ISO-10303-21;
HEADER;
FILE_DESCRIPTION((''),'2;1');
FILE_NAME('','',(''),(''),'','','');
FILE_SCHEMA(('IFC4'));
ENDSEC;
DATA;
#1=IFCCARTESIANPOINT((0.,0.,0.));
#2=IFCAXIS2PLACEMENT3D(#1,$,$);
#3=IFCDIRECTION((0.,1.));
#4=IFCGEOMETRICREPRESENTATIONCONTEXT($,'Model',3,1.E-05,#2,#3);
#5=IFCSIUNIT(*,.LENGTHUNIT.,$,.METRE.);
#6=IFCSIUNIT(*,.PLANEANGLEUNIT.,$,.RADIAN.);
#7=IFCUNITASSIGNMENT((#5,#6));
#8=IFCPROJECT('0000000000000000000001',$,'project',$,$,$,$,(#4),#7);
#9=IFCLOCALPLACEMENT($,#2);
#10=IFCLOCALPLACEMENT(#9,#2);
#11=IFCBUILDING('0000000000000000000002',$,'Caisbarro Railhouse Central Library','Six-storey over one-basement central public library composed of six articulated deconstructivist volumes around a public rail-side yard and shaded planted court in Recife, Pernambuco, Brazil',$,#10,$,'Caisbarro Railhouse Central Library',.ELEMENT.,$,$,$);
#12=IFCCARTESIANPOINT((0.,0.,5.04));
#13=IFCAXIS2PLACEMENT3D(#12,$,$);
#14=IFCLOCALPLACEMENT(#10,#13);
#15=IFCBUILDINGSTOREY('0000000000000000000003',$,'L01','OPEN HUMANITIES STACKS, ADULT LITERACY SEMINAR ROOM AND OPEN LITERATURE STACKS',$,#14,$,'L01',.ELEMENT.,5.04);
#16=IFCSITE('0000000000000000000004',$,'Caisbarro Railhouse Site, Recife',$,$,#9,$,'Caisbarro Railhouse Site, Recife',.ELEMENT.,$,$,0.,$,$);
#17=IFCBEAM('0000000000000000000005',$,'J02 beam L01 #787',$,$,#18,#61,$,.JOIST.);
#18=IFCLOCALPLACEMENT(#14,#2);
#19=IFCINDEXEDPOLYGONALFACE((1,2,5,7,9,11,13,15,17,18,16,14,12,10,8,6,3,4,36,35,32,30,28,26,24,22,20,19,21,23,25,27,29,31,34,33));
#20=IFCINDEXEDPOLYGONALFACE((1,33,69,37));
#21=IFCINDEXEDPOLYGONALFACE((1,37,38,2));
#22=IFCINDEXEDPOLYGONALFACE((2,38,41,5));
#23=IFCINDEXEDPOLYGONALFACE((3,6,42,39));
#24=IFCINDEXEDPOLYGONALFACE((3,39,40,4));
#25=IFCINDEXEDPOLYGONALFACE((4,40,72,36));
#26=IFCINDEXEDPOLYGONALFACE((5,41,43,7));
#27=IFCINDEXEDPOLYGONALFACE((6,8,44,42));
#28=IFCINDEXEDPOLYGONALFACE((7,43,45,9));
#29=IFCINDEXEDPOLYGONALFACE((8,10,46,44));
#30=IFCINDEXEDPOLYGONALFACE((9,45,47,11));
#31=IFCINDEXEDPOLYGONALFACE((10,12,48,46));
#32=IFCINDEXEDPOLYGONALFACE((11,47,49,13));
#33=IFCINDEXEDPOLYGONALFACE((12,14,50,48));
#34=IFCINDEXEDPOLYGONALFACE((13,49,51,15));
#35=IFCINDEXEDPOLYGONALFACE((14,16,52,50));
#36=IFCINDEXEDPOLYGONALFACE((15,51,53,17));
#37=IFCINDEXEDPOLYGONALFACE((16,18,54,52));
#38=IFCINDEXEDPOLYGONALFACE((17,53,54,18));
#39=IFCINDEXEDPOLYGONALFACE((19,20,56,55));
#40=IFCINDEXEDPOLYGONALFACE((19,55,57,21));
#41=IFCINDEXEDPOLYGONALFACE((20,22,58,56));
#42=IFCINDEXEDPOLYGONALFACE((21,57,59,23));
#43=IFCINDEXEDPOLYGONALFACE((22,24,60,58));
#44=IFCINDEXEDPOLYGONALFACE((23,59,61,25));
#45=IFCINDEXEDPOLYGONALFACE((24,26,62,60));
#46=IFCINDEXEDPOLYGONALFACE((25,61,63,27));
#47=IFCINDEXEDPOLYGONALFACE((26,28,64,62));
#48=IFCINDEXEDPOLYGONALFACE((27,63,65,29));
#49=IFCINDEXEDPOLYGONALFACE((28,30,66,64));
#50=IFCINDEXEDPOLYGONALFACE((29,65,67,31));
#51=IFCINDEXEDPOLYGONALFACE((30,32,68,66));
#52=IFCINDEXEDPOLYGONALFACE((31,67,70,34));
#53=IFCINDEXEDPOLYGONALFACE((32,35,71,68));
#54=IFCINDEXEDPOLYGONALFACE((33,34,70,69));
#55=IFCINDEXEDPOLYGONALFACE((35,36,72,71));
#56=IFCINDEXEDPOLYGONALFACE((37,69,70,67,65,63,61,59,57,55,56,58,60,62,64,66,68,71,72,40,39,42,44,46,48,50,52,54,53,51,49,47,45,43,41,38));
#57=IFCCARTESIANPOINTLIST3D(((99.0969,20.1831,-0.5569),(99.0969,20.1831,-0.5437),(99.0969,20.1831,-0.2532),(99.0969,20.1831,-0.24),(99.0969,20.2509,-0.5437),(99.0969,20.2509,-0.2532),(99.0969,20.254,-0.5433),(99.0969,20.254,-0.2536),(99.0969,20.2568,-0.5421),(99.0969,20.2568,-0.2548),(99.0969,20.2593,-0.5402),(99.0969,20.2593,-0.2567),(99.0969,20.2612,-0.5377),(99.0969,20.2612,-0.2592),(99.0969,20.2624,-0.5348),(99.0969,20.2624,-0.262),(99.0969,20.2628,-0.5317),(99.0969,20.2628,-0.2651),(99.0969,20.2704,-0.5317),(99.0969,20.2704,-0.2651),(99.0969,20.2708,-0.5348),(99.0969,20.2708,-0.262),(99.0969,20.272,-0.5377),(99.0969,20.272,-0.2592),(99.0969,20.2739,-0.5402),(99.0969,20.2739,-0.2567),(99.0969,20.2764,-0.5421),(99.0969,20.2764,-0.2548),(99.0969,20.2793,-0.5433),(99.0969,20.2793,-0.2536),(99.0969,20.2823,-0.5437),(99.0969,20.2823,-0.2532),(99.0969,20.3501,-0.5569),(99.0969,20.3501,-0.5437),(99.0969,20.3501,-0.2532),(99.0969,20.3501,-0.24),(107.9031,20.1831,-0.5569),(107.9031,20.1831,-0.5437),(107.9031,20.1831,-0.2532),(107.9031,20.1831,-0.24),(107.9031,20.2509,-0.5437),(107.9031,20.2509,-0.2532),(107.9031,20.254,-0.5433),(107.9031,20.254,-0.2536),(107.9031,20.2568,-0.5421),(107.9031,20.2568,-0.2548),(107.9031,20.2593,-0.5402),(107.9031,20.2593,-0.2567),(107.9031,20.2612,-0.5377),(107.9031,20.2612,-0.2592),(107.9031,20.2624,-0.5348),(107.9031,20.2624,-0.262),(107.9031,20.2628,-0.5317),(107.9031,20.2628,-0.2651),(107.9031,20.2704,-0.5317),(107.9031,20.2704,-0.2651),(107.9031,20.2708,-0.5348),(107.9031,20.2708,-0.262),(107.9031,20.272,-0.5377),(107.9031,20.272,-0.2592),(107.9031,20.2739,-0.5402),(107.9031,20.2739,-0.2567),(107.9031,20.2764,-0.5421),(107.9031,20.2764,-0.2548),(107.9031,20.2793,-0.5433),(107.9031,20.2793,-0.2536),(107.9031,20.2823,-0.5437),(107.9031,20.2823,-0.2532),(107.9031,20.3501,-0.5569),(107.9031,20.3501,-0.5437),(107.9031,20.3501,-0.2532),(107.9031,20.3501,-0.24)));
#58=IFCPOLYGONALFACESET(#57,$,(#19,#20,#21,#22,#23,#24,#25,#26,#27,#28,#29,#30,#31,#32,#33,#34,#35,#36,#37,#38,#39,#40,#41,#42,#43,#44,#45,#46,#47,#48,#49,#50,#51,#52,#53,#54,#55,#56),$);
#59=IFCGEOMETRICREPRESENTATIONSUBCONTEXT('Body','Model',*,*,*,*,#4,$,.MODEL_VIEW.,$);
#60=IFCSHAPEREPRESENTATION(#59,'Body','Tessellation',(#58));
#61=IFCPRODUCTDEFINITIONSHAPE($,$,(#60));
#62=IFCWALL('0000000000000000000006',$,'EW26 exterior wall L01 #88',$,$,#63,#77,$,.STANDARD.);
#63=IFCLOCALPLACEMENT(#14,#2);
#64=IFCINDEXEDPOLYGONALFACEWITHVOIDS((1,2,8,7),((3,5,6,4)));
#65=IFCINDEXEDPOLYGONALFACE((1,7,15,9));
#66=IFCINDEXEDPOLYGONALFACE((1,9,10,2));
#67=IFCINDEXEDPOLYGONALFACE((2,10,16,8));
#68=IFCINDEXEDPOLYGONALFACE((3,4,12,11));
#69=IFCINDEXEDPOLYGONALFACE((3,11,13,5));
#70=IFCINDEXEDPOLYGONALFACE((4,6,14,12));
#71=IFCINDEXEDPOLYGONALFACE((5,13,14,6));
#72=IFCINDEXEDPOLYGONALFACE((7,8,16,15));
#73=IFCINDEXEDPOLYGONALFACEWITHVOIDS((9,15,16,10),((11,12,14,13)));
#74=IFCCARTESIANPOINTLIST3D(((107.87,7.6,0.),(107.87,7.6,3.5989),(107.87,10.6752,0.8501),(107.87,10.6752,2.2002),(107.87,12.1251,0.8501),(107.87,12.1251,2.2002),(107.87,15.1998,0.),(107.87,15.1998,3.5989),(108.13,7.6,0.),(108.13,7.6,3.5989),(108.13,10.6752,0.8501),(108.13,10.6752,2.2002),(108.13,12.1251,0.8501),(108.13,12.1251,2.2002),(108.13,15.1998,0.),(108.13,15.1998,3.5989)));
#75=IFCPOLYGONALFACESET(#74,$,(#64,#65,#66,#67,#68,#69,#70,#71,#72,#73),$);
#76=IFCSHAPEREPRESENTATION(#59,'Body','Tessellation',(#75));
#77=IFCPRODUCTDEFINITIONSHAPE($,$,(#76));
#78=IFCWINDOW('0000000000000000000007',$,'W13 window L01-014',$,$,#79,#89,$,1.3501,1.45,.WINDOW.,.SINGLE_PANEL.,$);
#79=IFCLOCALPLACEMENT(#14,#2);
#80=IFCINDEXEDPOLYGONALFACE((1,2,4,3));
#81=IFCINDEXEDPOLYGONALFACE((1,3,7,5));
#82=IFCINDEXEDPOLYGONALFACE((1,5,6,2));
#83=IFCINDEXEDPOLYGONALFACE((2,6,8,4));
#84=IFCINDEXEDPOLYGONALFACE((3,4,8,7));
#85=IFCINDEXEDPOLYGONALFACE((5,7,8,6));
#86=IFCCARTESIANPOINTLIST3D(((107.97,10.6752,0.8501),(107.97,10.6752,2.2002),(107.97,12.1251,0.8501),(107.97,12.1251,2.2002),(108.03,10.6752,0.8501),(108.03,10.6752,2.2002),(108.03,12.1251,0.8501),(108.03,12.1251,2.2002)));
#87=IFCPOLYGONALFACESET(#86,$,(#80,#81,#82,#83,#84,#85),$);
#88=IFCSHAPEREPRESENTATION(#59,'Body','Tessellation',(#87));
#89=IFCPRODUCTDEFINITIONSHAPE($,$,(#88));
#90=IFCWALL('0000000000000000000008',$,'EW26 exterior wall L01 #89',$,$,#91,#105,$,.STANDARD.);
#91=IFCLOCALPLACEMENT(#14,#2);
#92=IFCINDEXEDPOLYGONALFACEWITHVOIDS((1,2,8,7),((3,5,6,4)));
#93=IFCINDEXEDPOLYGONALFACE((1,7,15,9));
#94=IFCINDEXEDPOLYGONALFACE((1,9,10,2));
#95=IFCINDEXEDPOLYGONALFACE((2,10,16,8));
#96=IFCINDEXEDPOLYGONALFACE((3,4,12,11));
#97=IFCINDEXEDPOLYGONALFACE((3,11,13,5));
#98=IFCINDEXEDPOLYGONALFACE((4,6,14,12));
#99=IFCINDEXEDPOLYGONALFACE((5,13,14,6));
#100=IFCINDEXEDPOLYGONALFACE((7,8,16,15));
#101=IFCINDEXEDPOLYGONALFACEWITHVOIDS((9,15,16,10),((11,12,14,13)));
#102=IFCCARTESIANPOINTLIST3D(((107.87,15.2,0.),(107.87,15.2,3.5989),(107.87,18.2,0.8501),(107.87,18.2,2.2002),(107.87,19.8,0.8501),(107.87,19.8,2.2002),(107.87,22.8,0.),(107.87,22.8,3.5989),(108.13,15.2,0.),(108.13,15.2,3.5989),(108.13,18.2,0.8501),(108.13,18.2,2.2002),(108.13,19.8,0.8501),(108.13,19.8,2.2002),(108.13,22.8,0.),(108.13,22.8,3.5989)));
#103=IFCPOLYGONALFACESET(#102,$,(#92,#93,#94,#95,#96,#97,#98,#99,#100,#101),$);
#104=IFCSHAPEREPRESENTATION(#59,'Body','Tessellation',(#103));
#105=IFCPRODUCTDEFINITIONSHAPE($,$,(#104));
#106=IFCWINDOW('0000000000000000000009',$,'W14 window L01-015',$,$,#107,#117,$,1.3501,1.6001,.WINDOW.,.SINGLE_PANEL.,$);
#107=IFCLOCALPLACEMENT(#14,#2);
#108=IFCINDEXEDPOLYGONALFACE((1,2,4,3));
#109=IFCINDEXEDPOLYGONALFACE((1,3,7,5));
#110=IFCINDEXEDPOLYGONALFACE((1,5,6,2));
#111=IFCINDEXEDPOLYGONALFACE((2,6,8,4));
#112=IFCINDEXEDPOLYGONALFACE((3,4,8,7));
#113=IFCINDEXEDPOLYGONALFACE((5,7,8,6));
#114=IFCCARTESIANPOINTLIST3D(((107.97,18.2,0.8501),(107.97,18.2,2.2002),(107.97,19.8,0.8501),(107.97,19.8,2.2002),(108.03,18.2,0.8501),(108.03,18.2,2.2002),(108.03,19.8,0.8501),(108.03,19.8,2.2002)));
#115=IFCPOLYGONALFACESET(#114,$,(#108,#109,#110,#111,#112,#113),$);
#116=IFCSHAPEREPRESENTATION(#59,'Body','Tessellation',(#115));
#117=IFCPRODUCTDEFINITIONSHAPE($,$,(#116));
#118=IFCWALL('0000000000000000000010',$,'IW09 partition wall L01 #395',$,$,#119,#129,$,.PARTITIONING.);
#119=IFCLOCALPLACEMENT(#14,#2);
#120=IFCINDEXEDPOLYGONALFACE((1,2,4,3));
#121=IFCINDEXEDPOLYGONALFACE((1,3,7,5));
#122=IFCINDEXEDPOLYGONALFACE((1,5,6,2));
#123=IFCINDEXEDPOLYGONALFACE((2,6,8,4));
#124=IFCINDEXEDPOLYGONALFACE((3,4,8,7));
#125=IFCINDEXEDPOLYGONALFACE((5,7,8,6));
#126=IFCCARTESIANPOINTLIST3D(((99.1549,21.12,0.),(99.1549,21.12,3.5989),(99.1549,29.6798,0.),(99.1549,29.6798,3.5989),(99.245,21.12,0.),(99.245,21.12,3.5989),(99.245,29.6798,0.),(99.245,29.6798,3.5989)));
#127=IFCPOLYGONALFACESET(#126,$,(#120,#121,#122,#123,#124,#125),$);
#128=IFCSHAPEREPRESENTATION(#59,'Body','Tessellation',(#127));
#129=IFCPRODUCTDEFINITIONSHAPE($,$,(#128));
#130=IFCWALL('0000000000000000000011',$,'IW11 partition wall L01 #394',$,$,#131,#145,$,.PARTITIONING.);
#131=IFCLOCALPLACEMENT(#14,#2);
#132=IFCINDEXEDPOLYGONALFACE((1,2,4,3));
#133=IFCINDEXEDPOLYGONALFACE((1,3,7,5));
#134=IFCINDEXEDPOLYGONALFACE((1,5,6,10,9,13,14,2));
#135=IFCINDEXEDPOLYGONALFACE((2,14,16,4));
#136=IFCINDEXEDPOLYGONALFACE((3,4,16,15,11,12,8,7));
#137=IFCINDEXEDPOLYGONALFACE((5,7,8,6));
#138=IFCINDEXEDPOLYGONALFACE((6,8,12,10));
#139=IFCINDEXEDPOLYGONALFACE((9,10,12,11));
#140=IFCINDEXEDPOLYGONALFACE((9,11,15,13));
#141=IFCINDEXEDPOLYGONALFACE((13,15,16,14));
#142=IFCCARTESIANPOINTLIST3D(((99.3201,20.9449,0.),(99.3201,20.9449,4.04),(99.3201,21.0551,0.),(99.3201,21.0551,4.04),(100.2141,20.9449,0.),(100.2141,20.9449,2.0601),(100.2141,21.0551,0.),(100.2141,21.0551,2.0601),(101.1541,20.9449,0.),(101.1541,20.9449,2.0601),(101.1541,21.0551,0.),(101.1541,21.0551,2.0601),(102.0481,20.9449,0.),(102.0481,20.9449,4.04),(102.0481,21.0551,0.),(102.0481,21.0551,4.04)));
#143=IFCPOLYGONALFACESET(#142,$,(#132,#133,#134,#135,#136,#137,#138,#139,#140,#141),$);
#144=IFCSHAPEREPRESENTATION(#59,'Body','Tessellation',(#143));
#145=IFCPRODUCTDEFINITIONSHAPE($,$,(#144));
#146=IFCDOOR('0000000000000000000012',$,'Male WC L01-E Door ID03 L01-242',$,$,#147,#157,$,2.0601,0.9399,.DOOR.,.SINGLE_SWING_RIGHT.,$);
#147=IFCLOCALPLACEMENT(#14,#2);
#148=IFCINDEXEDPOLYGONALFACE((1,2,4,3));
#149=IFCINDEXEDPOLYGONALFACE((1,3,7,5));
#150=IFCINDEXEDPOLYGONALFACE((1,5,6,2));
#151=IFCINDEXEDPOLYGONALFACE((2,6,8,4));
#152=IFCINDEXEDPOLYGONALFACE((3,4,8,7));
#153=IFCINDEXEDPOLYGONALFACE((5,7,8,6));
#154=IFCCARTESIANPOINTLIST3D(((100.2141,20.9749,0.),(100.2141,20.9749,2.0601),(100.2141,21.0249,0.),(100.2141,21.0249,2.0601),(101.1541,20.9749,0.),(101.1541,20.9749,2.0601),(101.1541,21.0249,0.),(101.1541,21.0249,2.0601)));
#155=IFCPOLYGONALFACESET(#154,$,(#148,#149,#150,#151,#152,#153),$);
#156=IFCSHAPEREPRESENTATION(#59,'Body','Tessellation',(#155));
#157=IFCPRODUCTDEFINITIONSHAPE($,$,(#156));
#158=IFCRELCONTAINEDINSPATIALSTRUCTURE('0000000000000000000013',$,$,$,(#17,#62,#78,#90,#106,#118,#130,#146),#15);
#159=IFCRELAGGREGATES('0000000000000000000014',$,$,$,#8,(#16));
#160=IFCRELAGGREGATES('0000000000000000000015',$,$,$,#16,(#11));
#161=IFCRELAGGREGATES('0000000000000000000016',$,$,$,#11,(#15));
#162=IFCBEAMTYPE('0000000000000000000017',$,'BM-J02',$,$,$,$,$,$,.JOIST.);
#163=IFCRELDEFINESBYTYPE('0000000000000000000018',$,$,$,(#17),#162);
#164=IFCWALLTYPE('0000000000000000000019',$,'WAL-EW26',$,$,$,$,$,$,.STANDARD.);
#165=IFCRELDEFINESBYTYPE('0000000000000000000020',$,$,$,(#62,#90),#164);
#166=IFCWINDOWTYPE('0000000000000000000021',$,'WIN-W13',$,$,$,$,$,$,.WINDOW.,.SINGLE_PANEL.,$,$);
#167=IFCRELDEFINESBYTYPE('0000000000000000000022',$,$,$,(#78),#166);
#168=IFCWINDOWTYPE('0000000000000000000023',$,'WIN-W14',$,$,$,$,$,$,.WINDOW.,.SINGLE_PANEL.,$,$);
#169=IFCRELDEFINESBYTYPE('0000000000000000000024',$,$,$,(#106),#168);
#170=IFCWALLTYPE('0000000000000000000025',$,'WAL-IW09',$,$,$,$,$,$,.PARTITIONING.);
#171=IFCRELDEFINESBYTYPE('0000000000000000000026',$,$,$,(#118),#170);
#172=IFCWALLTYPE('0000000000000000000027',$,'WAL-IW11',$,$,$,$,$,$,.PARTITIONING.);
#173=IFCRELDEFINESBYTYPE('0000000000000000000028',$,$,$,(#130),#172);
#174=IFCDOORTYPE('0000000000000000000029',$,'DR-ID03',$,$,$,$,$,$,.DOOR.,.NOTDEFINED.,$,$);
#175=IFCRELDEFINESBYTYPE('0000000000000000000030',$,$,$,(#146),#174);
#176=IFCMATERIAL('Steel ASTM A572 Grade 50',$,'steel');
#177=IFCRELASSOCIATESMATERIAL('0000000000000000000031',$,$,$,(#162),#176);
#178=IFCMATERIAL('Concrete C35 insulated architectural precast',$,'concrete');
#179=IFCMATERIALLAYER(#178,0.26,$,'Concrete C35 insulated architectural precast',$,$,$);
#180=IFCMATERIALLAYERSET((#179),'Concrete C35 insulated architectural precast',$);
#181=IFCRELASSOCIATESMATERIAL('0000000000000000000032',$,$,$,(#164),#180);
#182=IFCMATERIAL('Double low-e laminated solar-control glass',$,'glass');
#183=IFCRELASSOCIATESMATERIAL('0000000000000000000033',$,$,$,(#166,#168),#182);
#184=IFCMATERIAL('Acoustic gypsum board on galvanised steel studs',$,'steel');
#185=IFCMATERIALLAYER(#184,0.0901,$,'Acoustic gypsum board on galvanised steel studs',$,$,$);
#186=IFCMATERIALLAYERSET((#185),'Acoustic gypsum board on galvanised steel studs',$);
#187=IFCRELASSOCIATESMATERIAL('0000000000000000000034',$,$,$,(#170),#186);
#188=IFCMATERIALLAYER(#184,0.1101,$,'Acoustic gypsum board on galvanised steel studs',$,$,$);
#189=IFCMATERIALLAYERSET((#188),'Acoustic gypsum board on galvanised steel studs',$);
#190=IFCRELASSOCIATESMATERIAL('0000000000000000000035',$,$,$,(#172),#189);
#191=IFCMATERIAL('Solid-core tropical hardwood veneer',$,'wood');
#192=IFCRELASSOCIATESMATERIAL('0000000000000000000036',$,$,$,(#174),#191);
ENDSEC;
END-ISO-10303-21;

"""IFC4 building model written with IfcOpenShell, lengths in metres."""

from ifc_helpers import new_model, si_unit, direction, frame, frame_2d, origin, origin_2d, place, context, subcontext, project, spatial, rectangle, i_section, extrude, material, layer, layer_set, material_profile, profile_set, type_object, element, fill, save


model = new_model("IFC4")

# Units and contexts
model_context = context("Model", 3, precision=1e-05, world=origin(), true_north=direction((0.0, 1.0)))
body_context = subcontext(model_context, "Body", "Model", "MODEL_VIEW")
ifc_project = project(units=[si_unit("LENGTHUNIT", "METRE"), si_unit("PLANEANGLEUNIT", "RADIAN")], contexts=[model_context])

# Site, building, storey
site_placement = place(None, origin())
site = spatial("IfcSite", under=ifc_project, at=site_placement, Name="Caisbarro Railhouse Site, Recife", LongName="Caisbarro Railhouse Site, Recife", CompositionType="ELEMENT", RefElevation=0.0)
building_placement = place(site_placement, origin())
building = spatial("IfcBuilding", under=site, at=building_placement, Name="Caisbarro Railhouse Central Library", Description="Six-storey over one-basement central public library composed of six articulated deconstructivist volumes around a public rail-side yard and shaded planted court in Recife, Pernambuco, Brazil", LongName="Caisbarro Railhouse Central Library", CompositionType="ELEMENT")
storey_placement = place(building_placement, frame((0.0, 0.0, 5.04)))
storey = spatial("IfcBuildingStorey", under=building, at=storey_placement, Name="L01", Description="OPEN HUMANITIES STACKS, ADULT LITERACY SEMINAR ROOM AND OPEN LITERATURE STACKS", LongName="L01", CompositionType="ELEMENT", Elevation=5.04)

# Shared definitions
ifc_material_1 = material(Name="Steel ASTM A572 Grade 50", Category="steel")

# Beam
ifc_material_profile_1 = material_profile(ifc_material_1, i_section(OverallWidth=0.167, OverallDepth=0.3169, WebThickness=0.0076, FlangeThickness=0.0132, FilletRadius=0.012, at=origin_2d()), Name="W310X52.0")
ifc_profile_set_1 = profile_set([ifc_material_profile_1], Name="Steel ASTM A572 Grade 50")
beam_type_1 = type_object("IfcBeamType", Name="BM-J02", PredefinedType="JOIST", material=ifc_profile_set_1)
for number, where, z_axis, x_axis, name in (
    (1, (99.0969, 20.2666, -0.3984), (1.0, 0.0, 0.0), (0.0, 1.0, 0.0), "J02 beam L01 #787"),
):
    element("IfcBeam", number, at=place(storey_placement, frame(where, z_axis=z_axis, x_axis=x_axis)), inside=storey, type_object=beam_type_1, Name=name, PredefinedType="JOIST", context=body_context, shape_type="SweptSolid", body=[
        extrude(i_section(OverallWidth=0.167, OverallDepth=0.3169, WebThickness=0.0076, FlangeThickness=0.0132, FilletRadius=0.012, at=origin_2d()), origin(), (0.0, 0.0, 1.0), 8.8062),
    ])

# Walls, openings, windows
ifc_material_2 = material(Name="Concrete C35 insulated architectural precast", Category="concrete")
ifc_layer_1 = layer(ifc_material_2, 0.26, Name="Concrete C35 insulated architectural precast")
ifc_layer_set_1 = layer_set([ifc_layer_1], Name="Concrete C35 insulated architectural precast")
wall_type_1 = type_object("IfcWallType", Name="WAL-EW26", PredefinedType="STANDARD", material=ifc_layer_set_1)
wall_1_placement = place(storey_placement, frame((108.0, 7.6001, 0.0), z_axis=(0.0, 0.0, 1.0), x_axis=(0.0, 1.0, 0.0)))
wall_1 = element("IfcWall", 2, at=wall_1_placement, inside=storey, type_object=wall_type_1, Name="EW26 exterior wall L01 #88", PredefinedType="STANDARD", context=body_context, shape_type="SweptSolid", body=[
    extrude(rectangle(XDim=7.5999, YDim=0.26, at=frame_2d((3.7998, 0.0))), origin(), (0.0, 0.0, 1.0), 3.5989),
])
opening_1_placement = place(wall_1_placement, frame((3.075, 0.0, 0.8501)))
opening_1 = element("IfcOpeningElement", 3, at=opening_1_placement, cuts=wall_1, PredefinedType="OPENING", context=body_context, shape_type="SweptSolid", body=[
    extrude(rectangle(XDim=1.45, YDim=1.3501, at=frame_2d((0.7251, 0.675))), frame((0.0, 0.1401, 0.0), z_axis=(0.0, -1.0, 0.0), x_axis=(1.0, 0.0, 0.0)), (0.0, 0.0, 1.0), 0.28),
])
ifc_material_3 = material(Name="Double low-e laminated solar-control glass", Category="glass")
window_type_1 = type_object("IfcWindowType", Name="WIN-W13", PartitioningType="SINGLE_PANEL", PredefinedType="WINDOW", material=ifc_material_3)
window_1_placement = place(opening_1_placement, origin())
window_1 = element("IfcWindow", 4, at=window_1_placement, inside=storey, type_object=window_type_1, Name="W13 window L01-014", OverallHeight=1.3501, OverallWidth=1.45, PartitioningType="SINGLE_PANEL", PredefinedType="WINDOW", context=body_context, shape_type="SweptSolid", body=[
    extrude(rectangle(XDim=1.45, YDim=1.3501, at=frame_2d((0.7251, 0.675))), frame((0.0, 0.03, 0.0), z_axis=(0.0, -1.0, 0.0), x_axis=(1.0, 0.0, 0.0)), (0.0, 0.0, 1.0), 0.0601),
])
fill(opening_1, window_1)
wall_2_placement = place(storey_placement, frame((108.0, 15.2, 0.0), z_axis=(0.0, 0.0, 1.0), x_axis=(0.0, 1.0, 0.0)))
wall_2 = element("IfcWall", 5, at=wall_2_placement, inside=storey, type_object=wall_type_1, Name="EW26 exterior wall L01 #89", PredefinedType="STANDARD", context=body_context, shape_type="SweptSolid", body=[
    extrude(rectangle(XDim=7.6001, YDim=0.26, at=frame_2d((3.8, 0.0))), origin(), (0.0, 0.0, 1.0), 3.5989),
])
opening_2_placement = place(wall_2_placement, frame((3.0, 0.0, 0.8501)))
opening_2 = element("IfcOpeningElement", 6, at=opening_2_placement, cuts=wall_2, PredefinedType="OPENING", context=body_context, shape_type="SweptSolid", body=[
    extrude(rectangle(XDim=1.6001, YDim=1.3501, at=frame_2d((0.8, 0.675))), frame((0.0, 0.1401, 0.0), z_axis=(0.0, -1.0, 0.0), x_axis=(1.0, 0.0, 0.0)), (0.0, 0.0, 1.0), 0.28),
])
window_type_2 = type_object("IfcWindowType", Name="WIN-W14", PartitioningType="SINGLE_PANEL", PredefinedType="WINDOW", material=ifc_material_3)
window_2_placement = place(opening_2_placement, origin())
window_2 = element("IfcWindow", 7, at=window_2_placement, inside=storey, type_object=window_type_2, Name="W14 window L01-015", OverallHeight=1.3501, OverallWidth=1.6001, PartitioningType="SINGLE_PANEL", PredefinedType="WINDOW", context=body_context, shape_type="SweptSolid", body=[
    extrude(rectangle(XDim=1.6001, YDim=1.3501, at=frame_2d((0.8, 0.675))), frame((0.0, 0.03, 0.0), z_axis=(0.0, -1.0, 0.0), x_axis=(1.0, 0.0, 0.0)), (0.0, 0.0, 1.0), 0.0601),
])
fill(opening_2, window_2)

# Wall
ifc_material_4 = material(Name="Acoustic gypsum board on galvanised steel studs", Category="steel")
ifc_layer_2 = layer(ifc_material_4, 0.0901, Name="Acoustic gypsum board on galvanised steel studs")
ifc_layer_set_2 = layer_set([ifc_layer_2], Name="Acoustic gypsum board on galvanised steel studs")
wall_type_2 = type_object("IfcWallType", Name="WAL-IW09", PredefinedType="PARTITIONING", material=ifc_layer_set_2)
wall_3_placement = place(storey_placement, frame((99.2, 21.1201, 0.0), z_axis=(0.0, 0.0, 1.0), x_axis=(0.0, 1.0, 0.0)))
element("IfcWall", 8, at=wall_3_placement, inside=storey, type_object=wall_type_2, Name="IW09 partition wall L01 #395", PredefinedType="PARTITIONING", context=body_context, shape_type="SweptSolid", body=[
    extrude(rectangle(XDim=8.5598, YDim=0.0901, at=frame_2d((4.2798, 0.0))), origin(), (0.0, 0.0, 1.0), 3.5989),
])

# Wall, opening, door
ifc_layer_3 = layer(ifc_material_4, 0.1101, Name="Acoustic gypsum board on galvanised steel studs")
ifc_layer_set_3 = layer_set([ifc_layer_3], Name="Acoustic gypsum board on galvanised steel studs")
wall_type_3 = type_object("IfcWallType", Name="WAL-IW11", PredefinedType="PARTITIONING", material=ifc_layer_set_3)
wall_4_placement = place(storey_placement, frame((99.3201, 21.0, 0.0), z_axis=(0.0, 0.0, 1.0), x_axis=(1.0, 0.0, 0.0)))
wall_4 = element("IfcWall", 9, at=wall_4_placement, inside=storey, type_object=wall_type_3, Name="IW11 partition wall L01 #394", PredefinedType="PARTITIONING", context=body_context, shape_type="SweptSolid", body=[
    extrude(rectangle(XDim=2.728, YDim=0.1101, at=frame_2d((1.364, 0.0))), origin(), (0.0, 0.0, 1.0), 4.04),
])
opening_3_placement = place(wall_4_placement, frame((0.894, 0.0, 0.0)))
opening_3 = element("IfcOpeningElement", 10, at=opening_3_placement, cuts=wall_4, PredefinedType="OPENING", context=body_context, shape_type="SweptSolid", body=[
    extrude(rectangle(XDim=0.9399, YDim=2.0601, at=frame_2d((0.47, 1.03))), frame((0.0, 0.0649, 0.0), z_axis=(0.0, -1.0, 0.0), x_axis=(1.0, 0.0, 0.0)), (0.0, 0.0, 1.0), 0.1301),
])
ifc_material_5 = material(Name="Solid-core tropical hardwood veneer", Category="wood")
door_type_1 = type_object("IfcDoorType", Name="DR-ID03", OperationType="NOTDEFINED", PredefinedType="DOOR", material=ifc_material_5)
door_1_placement = place(opening_3_placement, origin())
door_1 = element("IfcDoor", 11, at=door_1_placement, inside=storey, type_object=door_type_1, Name="Male WC L01-E Door ID03 L01-242", OperationType="SINGLE_SWING_RIGHT", OverallHeight=2.0601, OverallWidth=0.9399, PredefinedType="DOOR", context=body_context, shape_type="SweptSolid", body=[
    extrude(rectangle(XDim=0.9399, YDim=2.0601, at=frame_2d((0.47, 1.03))), frame((0.0, 0.0249, 0.0), z_axis=(0.0, -1.0, 0.0), x_axis=(1.0, 0.0, 0.0)), (0.0, 0.0, 1.0), 0.05),
])
fill(opening_3, door_1)

save(model, "model.ifc")
